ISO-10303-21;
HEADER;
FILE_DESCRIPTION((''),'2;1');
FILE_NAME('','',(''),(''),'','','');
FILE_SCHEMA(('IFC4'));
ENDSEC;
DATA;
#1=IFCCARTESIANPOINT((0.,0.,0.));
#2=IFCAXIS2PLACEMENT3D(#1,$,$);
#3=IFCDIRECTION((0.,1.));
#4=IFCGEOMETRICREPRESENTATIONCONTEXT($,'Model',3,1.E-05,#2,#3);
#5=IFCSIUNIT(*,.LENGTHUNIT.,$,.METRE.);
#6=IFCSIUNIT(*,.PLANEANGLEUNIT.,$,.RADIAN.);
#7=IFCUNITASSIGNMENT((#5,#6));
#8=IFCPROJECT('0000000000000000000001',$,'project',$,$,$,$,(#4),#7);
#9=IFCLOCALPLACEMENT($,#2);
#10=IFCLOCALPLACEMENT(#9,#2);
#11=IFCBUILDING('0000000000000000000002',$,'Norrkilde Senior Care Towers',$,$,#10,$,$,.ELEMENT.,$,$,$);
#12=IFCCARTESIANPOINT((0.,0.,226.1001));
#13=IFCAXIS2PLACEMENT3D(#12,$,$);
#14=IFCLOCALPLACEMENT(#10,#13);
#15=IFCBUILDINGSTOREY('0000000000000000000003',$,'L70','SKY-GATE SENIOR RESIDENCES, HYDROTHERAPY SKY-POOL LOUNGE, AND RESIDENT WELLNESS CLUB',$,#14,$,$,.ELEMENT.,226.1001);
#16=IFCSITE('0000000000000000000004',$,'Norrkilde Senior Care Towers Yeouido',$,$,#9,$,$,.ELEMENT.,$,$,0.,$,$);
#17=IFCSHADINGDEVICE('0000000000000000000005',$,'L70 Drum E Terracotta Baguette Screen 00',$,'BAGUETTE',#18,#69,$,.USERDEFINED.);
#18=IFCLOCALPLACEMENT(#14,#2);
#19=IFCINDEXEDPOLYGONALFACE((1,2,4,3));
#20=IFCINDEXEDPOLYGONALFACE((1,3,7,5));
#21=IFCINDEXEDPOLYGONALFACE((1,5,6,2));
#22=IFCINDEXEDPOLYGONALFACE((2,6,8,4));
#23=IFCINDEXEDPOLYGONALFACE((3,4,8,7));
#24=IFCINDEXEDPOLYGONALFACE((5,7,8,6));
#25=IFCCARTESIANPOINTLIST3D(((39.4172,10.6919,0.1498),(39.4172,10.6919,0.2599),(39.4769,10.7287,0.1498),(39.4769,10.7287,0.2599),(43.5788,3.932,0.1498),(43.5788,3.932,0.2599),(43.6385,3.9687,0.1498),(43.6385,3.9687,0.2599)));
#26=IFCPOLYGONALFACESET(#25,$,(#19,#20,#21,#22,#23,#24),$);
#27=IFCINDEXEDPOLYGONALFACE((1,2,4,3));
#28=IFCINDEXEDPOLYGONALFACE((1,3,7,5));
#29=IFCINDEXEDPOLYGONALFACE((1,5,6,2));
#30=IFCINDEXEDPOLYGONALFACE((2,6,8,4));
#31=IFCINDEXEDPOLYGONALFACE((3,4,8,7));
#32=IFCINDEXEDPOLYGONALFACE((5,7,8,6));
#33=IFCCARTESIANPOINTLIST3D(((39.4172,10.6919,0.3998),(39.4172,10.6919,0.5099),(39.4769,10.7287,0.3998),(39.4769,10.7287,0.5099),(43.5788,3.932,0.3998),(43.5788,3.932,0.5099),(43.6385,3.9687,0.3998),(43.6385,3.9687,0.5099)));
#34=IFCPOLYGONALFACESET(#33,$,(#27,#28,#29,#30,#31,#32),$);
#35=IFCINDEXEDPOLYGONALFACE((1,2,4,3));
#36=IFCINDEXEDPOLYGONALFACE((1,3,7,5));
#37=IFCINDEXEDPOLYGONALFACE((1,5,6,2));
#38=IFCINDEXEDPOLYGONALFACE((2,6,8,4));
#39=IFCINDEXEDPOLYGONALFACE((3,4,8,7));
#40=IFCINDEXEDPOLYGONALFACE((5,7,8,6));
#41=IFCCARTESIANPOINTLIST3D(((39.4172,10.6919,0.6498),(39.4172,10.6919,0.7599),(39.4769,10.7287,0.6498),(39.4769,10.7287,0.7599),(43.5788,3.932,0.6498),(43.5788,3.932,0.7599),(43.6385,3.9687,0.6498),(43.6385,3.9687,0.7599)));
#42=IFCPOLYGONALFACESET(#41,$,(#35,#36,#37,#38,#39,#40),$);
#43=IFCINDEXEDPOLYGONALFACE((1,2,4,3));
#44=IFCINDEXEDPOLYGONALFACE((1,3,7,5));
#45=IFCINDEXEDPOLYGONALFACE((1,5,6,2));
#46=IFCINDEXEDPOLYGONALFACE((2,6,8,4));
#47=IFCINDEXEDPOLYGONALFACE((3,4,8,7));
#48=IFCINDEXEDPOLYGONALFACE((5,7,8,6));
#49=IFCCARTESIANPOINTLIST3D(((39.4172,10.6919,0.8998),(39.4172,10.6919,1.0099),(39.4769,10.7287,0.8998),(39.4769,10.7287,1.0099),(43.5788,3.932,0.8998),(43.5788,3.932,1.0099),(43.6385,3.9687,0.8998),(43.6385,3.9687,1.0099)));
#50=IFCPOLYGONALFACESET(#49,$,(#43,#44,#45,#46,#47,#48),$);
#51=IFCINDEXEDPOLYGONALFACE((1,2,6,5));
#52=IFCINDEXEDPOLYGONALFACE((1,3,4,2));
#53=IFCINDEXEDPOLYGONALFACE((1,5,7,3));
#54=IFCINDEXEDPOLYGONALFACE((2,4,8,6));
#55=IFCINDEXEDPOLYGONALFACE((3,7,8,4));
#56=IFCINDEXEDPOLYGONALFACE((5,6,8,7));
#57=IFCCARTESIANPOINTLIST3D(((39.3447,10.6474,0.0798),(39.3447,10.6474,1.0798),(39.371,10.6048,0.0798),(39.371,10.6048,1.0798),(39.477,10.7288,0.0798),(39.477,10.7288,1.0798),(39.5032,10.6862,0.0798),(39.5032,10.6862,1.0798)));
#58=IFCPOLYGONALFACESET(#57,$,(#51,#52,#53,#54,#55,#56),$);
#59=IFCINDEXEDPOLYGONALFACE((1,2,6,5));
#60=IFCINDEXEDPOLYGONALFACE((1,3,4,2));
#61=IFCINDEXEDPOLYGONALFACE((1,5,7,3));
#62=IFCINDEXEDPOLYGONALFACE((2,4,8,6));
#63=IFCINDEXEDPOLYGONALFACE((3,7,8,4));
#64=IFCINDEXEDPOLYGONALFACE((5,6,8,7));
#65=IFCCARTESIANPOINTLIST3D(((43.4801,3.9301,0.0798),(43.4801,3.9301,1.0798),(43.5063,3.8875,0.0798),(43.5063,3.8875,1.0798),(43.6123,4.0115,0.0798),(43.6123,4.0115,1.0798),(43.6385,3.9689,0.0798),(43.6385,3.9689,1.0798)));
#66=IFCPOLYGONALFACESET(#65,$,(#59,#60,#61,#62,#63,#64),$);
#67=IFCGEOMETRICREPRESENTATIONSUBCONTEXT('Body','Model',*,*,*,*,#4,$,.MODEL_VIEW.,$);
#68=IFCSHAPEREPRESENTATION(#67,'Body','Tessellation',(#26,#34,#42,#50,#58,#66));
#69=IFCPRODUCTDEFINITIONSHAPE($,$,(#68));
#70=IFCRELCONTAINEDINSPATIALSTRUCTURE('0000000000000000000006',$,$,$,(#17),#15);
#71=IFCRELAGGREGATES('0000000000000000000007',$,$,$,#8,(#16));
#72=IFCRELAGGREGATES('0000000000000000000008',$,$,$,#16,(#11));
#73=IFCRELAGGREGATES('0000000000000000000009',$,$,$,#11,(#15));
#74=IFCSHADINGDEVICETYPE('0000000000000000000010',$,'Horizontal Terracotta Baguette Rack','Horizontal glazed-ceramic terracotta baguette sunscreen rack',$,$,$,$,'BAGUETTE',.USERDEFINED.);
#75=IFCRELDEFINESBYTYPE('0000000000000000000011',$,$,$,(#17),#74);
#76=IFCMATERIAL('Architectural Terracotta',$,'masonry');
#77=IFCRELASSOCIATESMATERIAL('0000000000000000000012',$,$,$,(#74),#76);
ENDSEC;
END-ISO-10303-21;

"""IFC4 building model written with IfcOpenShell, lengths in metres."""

from ifc_helpers import new_model, si_unit, direction, frame, origin, origin_2d, place, context, subcontext, project, spatial, rectangle, extrude, source, transform, mapped, material, type_object, type_shapes, element, save


model = new_model("IFC4")

# Units and contexts
model_context = context("Model", 3, precision=1e-05, world=origin(), true_north=direction((0.0, 1.0)))
body_context = subcontext(model_context, "Body", "Model", "MODEL_VIEW")
ifc_project = project(units=[si_unit("LENGTHUNIT", "METRE"), si_unit("PLANEANGLEUNIT", "RADIAN")], contexts=[model_context])

# Site, building, storey
site_placement = place(None, origin())
site = spatial("IfcSite", under=ifc_project, at=site_placement, Name="Norrkilde Senior Care Towers Yeouido", CompositionType="ELEMENT", RefElevation=0.0)
building_placement = place(site_placement, origin())
building = spatial("IfcBuilding", under=site, at=building_placement, Name="Norrkilde Senior Care Towers", CompositionType="ELEMENT")
storey_placement = place(building_placement, frame((0.0, 0.0, 226.1001)))
storey = spatial("IfcBuildingStorey", under=building, at=storey_placement, Name="L70", Description="SKY-GATE SENIOR RESIDENCES, HYDROTHERAPY SKY-POOL LOUNGE, AND RESIDENT WELLNESS CLUB", CompositionType="ELEMENT", Elevation=226.1001)

# Shading device
ifc_material_1 = material(Name="Architectural Terracotta", Category="masonry")
shading_device_type = type_object("IfcShadingDeviceType", Name="Horizontal Terracotta Baguette Rack", Description="Horizontal glazed-ceramic terracotta baguette sunscreen rack", ElementType="BAGUETTE", PredefinedType="USERDEFINED", material=ifc_material_1)
shared_shape_1 = source(origin(), body_context, "Body", "SweptSolid", [
    extrude(rectangle(XDim=0.0701, YDim=0.1101, at=origin_2d()), frame((0.0, 0.0901, 0.125), z_axis=(1.0, 0.0, 0.0), x_axis=(0.0, 1.0, 0.0)), (0.0, 0.0, 1.0), 7.9382),
    extrude(rectangle(XDim=0.0701, YDim=0.1101, at=origin_2d()), frame((0.0, 0.0901, 0.375), z_axis=(1.0, 0.0, 0.0), x_axis=(0.0, 1.0, 0.0)), (0.0, 0.0, 1.0), 7.9382),
    extrude(rectangle(XDim=0.0701, YDim=0.1101, at=origin_2d()), frame((0.0, 0.0901, 0.625), z_axis=(1.0, 0.0, 0.0), x_axis=(0.0, 1.0, 0.0)), (0.0, 0.0, 1.0), 7.9382),
    extrude(rectangle(XDim=0.0701, YDim=0.1101, at=origin_2d()), frame((0.0, 0.0901, 0.875), z_axis=(1.0, 0.0, 0.0), x_axis=(0.0, 1.0, 0.0)), (0.0, 0.0, 1.0), 7.9382),
    extrude(rectangle(XDim=0.05, YDim=0.1553, at=origin_2d()), frame((0.0249, 0.0476, 0.0)), (0.0, 0.0, 1.0), 1.0),
    extrude(rectangle(XDim=0.05, YDim=0.1553, at=origin_2d()), frame((7.9131, 0.0476, 0.0)), (0.0, 0.0, 1.0), 1.0),
])
type_shapes(shading_device_type, [shared_shape_1])
shading_device_placement = place(storey_placement, frame((39.3704, 10.6631, 0.0798), z_axis=(0.0, 0.0, 1.0), x_axis=(0.52425, -0.851576, 0.0)))
element("IfcShadingDevice", 1, at=shading_device_placement, inside=storey, type_object=shading_device_type, Name="L70 Drum E Terracotta Baguette Screen 00", ObjectType="BAGUETTE", PredefinedType="USERDEFINED", context=body_context, shape_type="MappedRepresentation", body=[
    mapped(shared_shape_1, transform((0.0, 0.0, 0.0), x_axis=(1.0, 0.0, 0.0), y_axis=(0.0, 1.0, 0.0), z_axis=(0.0, 0.0, 1.0), scale=1.0)),
])

save(model, "model.ifc")
